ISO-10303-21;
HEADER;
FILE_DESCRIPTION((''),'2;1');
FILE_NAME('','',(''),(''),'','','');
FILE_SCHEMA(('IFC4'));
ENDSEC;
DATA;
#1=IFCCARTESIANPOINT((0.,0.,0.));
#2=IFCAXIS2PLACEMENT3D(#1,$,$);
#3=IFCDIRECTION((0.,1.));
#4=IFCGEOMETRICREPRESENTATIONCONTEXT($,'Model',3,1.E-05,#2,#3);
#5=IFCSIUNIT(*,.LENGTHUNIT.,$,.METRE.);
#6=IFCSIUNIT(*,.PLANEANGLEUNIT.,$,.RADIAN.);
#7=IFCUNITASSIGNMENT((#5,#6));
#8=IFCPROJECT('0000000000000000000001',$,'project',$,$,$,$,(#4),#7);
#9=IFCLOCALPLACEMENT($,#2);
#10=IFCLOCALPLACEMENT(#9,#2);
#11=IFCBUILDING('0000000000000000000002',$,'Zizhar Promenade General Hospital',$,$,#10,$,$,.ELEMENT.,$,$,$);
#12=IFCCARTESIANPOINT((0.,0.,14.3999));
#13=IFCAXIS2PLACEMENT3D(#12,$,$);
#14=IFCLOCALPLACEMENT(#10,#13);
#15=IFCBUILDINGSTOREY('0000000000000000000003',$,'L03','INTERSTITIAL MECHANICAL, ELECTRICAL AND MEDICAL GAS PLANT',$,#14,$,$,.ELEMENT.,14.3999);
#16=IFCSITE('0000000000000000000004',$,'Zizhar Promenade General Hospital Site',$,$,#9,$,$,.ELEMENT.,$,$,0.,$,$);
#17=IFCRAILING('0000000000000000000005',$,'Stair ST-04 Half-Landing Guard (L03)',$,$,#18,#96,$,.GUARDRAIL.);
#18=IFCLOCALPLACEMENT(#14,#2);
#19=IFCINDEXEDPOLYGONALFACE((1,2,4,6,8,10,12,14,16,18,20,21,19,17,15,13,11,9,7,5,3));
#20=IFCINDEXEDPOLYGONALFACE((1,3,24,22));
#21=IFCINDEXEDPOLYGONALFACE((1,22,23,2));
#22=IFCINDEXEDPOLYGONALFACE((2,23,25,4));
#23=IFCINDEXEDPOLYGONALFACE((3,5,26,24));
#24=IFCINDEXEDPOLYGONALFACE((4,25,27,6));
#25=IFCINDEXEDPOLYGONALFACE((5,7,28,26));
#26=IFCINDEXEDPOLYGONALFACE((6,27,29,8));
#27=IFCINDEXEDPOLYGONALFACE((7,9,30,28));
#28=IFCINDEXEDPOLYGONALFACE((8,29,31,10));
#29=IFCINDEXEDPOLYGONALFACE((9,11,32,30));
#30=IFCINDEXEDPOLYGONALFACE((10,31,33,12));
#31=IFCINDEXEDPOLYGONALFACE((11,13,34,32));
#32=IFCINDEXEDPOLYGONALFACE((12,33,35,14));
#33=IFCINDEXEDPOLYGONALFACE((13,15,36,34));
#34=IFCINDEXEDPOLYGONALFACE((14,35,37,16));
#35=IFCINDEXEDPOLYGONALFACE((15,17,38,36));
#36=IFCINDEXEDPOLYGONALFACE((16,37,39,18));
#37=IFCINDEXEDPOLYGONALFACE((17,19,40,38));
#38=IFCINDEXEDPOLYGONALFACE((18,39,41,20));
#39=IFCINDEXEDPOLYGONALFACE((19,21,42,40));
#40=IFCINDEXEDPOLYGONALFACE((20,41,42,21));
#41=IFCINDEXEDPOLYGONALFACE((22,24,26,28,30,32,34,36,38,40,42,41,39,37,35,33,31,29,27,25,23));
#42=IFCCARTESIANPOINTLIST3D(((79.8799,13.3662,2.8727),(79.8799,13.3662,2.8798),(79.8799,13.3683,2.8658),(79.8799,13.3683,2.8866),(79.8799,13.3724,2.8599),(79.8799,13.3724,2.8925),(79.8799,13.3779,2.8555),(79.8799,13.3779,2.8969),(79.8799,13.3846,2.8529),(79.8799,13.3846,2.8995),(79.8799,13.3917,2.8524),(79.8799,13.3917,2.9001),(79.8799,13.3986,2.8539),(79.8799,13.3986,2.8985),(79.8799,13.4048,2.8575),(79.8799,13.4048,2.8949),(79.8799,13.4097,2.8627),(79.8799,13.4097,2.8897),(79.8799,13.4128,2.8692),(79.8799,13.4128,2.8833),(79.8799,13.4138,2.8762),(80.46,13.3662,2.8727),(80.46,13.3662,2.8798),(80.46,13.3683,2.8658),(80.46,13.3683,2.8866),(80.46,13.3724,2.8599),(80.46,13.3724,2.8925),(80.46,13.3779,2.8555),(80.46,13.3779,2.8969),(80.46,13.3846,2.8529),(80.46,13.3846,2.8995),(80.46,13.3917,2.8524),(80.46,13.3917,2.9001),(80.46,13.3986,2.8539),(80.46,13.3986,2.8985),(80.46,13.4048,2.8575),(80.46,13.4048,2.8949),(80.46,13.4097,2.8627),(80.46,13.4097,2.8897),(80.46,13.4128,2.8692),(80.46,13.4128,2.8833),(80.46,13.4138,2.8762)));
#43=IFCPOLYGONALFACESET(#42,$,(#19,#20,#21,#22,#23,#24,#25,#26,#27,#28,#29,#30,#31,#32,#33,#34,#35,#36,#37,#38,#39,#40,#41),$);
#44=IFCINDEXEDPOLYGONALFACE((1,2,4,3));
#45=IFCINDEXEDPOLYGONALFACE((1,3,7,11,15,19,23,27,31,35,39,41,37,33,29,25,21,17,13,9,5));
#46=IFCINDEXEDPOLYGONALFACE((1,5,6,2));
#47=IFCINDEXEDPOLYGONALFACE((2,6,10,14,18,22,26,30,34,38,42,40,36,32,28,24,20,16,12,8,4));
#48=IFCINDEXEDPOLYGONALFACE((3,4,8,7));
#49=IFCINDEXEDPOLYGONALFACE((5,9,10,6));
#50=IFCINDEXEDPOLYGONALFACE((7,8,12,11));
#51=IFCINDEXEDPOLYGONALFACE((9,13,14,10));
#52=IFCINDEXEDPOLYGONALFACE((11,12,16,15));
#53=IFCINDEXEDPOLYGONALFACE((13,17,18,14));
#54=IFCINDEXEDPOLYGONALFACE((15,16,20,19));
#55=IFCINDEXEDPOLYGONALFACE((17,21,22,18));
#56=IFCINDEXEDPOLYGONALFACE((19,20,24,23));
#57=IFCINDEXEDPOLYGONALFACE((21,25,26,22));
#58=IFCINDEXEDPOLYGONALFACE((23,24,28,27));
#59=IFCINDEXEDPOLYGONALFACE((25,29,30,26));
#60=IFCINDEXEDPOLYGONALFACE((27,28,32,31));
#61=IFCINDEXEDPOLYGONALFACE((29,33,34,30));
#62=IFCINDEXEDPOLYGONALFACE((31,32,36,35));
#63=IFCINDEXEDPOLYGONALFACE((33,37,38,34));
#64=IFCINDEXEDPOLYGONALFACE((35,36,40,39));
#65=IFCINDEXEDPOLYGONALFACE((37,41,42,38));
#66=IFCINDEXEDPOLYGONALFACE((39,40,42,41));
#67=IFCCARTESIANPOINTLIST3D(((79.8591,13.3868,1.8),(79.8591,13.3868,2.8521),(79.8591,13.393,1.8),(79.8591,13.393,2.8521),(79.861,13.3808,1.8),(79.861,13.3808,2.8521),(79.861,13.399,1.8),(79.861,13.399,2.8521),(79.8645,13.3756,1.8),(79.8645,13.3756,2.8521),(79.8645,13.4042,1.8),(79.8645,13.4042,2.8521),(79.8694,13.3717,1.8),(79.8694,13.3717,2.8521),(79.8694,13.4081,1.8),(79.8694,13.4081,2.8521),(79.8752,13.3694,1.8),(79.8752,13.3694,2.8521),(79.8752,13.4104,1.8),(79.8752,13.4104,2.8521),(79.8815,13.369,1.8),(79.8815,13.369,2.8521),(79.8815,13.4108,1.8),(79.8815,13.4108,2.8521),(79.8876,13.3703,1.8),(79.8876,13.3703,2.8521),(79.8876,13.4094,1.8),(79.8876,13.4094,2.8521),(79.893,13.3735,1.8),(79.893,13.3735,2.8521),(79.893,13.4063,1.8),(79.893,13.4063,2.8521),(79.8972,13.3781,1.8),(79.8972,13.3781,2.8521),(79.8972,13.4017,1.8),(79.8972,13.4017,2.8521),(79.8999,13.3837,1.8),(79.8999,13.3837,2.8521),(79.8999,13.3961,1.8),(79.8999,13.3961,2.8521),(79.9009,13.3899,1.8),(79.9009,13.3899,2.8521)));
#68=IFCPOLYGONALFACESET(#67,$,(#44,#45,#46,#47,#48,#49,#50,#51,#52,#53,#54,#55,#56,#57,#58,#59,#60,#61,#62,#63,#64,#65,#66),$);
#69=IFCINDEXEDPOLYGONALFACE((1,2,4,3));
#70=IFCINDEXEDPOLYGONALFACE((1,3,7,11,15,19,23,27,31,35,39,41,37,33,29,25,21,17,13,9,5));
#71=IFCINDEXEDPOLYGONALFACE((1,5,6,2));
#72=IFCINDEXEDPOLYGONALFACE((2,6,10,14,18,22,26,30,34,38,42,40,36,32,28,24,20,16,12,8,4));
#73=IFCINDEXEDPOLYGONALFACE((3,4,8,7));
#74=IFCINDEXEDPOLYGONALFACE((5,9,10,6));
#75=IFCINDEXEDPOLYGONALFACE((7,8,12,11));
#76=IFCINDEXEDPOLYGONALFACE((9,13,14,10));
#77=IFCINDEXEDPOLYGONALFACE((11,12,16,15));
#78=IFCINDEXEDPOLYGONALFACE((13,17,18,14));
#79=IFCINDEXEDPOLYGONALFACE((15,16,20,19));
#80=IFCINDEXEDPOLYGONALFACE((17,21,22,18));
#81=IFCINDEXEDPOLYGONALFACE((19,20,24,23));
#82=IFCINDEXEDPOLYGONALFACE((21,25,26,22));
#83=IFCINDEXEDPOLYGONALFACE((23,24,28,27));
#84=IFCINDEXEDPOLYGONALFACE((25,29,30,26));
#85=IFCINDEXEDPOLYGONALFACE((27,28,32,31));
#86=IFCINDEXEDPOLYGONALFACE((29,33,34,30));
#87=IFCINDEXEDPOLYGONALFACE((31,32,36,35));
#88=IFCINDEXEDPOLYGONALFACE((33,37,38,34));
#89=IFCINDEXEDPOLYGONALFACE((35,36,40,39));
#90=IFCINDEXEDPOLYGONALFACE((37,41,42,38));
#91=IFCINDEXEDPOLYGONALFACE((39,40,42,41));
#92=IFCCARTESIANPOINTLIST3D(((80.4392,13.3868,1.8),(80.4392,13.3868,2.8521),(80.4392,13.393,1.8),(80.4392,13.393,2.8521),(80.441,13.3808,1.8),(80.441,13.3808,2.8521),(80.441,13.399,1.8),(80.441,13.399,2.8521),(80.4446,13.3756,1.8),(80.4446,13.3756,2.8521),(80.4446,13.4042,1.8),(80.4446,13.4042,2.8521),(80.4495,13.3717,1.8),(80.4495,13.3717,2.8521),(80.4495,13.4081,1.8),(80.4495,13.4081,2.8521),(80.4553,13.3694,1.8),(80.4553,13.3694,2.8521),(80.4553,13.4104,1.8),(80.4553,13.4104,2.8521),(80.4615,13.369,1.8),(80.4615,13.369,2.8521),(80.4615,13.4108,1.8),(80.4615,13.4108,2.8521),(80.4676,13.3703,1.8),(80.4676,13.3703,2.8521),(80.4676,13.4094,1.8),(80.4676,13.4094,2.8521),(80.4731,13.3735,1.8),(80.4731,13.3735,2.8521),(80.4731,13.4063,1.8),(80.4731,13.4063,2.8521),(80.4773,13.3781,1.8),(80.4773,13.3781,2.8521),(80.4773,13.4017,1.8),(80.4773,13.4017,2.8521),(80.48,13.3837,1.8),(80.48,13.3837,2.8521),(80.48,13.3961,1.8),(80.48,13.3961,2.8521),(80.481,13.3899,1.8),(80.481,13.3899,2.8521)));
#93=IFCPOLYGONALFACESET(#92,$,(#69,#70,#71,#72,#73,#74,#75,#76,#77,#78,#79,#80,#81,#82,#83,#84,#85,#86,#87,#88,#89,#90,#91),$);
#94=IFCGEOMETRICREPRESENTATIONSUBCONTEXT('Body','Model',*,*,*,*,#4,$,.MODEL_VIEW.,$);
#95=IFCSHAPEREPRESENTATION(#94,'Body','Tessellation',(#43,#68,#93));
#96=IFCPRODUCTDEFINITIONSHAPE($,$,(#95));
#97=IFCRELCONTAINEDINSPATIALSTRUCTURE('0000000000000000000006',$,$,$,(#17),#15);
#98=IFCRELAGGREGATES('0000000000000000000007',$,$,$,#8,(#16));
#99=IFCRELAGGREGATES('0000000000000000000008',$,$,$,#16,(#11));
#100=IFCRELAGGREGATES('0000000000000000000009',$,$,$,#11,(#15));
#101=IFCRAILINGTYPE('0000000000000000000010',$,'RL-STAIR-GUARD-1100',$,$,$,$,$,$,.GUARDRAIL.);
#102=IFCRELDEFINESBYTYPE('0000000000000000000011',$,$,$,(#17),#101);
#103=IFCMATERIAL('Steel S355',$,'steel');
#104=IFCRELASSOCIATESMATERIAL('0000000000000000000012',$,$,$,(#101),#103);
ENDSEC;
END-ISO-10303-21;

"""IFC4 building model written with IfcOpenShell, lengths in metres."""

from ifc_helpers import new_model, si_unit, direction, frame, origin, origin_2d, place, context, subcontext, project, spatial, circle, hollow_circle, extrude, material, material_profile, profile_set, type_object, element, save


model = new_model("IFC4")

# Units and contexts
model_context = context("Model", 3, precision=1e-05, world=origin(), true_north=direction((0.0, 1.0)))
body_context = subcontext(model_context, "Body", "Model", "MODEL_VIEW")
ifc_project = project(units=[si_unit("LENGTHUNIT", "METRE"), si_unit("PLANEANGLEUNIT", "RADIAN")], contexts=[model_context])

# Site, building, storey
site_placement = place(None, origin())
site = spatial("IfcSite", under=ifc_project, at=site_placement, Name="Zizhar Promenade General Hospital Site", CompositionType="ELEMENT", RefElevation=0.0)
building_placement = place(site_placement, origin())
building = spatial("IfcBuilding", under=site, at=building_placement, Name="Zizhar Promenade General Hospital", CompositionType="ELEMENT")
storey_placement = place(building_placement, frame((0.0, 0.0, 14.3999)))
storey = spatial("IfcBuildingStorey", under=building, at=storey_placement, Name="L03", Description="INTERSTITIAL MECHANICAL, ELECTRICAL AND MEDICAL GAS PLANT", CompositionType="ELEMENT", Elevation=14.3999)

# Railing
ifc_material_1 = material(Name="Steel S355", Category="steel")
ifc_material_profile_1 = material_profile(ifc_material_1, hollow_circle(Radius=0.0698, WallThickness=0.0063, at=origin_2d()))
ifc_profile_set_1 = profile_set([ifc_material_profile_1], Name="Steel S355")
railing_type_1 = type_object("IfcRailingType", Name="RL-STAIR-GUARD-1100", PredefinedType="GUARDRAIL", material=ifc_profile_set_1)
railing_1_placement = place(storey_placement, frame((79.8799, 13.3899, 1.8)))
element("IfcRailing", 1, at=railing_1_placement, inside=storey, type_object=railing_type_1, Name="Stair ST-04 Half-Landing Guard (L03)", PredefinedType="GUARDRAIL", context=body_context, shape_type="SweptSolid", body=[
    extrude(circle(Radius=0.0239, at=origin_2d()), frame((0.0, 0.0, 1.0762), z_axis=(1.0, 0.0, 0.0), x_axis=(0.0, 1.0, 0.0)), (0.0, 0.0, 1.0), 0.5801),
    extrude(circle(Radius=0.021, at=origin_2d()), origin(), (0.0, 0.0, 1.0), 1.052),
    extrude(circle(Radius=0.021, at=origin_2d()), frame((0.5801, 0.0, 0.0)), (0.0, 0.0, 1.0), 1.052),
])

save(model, "model.ifc")
